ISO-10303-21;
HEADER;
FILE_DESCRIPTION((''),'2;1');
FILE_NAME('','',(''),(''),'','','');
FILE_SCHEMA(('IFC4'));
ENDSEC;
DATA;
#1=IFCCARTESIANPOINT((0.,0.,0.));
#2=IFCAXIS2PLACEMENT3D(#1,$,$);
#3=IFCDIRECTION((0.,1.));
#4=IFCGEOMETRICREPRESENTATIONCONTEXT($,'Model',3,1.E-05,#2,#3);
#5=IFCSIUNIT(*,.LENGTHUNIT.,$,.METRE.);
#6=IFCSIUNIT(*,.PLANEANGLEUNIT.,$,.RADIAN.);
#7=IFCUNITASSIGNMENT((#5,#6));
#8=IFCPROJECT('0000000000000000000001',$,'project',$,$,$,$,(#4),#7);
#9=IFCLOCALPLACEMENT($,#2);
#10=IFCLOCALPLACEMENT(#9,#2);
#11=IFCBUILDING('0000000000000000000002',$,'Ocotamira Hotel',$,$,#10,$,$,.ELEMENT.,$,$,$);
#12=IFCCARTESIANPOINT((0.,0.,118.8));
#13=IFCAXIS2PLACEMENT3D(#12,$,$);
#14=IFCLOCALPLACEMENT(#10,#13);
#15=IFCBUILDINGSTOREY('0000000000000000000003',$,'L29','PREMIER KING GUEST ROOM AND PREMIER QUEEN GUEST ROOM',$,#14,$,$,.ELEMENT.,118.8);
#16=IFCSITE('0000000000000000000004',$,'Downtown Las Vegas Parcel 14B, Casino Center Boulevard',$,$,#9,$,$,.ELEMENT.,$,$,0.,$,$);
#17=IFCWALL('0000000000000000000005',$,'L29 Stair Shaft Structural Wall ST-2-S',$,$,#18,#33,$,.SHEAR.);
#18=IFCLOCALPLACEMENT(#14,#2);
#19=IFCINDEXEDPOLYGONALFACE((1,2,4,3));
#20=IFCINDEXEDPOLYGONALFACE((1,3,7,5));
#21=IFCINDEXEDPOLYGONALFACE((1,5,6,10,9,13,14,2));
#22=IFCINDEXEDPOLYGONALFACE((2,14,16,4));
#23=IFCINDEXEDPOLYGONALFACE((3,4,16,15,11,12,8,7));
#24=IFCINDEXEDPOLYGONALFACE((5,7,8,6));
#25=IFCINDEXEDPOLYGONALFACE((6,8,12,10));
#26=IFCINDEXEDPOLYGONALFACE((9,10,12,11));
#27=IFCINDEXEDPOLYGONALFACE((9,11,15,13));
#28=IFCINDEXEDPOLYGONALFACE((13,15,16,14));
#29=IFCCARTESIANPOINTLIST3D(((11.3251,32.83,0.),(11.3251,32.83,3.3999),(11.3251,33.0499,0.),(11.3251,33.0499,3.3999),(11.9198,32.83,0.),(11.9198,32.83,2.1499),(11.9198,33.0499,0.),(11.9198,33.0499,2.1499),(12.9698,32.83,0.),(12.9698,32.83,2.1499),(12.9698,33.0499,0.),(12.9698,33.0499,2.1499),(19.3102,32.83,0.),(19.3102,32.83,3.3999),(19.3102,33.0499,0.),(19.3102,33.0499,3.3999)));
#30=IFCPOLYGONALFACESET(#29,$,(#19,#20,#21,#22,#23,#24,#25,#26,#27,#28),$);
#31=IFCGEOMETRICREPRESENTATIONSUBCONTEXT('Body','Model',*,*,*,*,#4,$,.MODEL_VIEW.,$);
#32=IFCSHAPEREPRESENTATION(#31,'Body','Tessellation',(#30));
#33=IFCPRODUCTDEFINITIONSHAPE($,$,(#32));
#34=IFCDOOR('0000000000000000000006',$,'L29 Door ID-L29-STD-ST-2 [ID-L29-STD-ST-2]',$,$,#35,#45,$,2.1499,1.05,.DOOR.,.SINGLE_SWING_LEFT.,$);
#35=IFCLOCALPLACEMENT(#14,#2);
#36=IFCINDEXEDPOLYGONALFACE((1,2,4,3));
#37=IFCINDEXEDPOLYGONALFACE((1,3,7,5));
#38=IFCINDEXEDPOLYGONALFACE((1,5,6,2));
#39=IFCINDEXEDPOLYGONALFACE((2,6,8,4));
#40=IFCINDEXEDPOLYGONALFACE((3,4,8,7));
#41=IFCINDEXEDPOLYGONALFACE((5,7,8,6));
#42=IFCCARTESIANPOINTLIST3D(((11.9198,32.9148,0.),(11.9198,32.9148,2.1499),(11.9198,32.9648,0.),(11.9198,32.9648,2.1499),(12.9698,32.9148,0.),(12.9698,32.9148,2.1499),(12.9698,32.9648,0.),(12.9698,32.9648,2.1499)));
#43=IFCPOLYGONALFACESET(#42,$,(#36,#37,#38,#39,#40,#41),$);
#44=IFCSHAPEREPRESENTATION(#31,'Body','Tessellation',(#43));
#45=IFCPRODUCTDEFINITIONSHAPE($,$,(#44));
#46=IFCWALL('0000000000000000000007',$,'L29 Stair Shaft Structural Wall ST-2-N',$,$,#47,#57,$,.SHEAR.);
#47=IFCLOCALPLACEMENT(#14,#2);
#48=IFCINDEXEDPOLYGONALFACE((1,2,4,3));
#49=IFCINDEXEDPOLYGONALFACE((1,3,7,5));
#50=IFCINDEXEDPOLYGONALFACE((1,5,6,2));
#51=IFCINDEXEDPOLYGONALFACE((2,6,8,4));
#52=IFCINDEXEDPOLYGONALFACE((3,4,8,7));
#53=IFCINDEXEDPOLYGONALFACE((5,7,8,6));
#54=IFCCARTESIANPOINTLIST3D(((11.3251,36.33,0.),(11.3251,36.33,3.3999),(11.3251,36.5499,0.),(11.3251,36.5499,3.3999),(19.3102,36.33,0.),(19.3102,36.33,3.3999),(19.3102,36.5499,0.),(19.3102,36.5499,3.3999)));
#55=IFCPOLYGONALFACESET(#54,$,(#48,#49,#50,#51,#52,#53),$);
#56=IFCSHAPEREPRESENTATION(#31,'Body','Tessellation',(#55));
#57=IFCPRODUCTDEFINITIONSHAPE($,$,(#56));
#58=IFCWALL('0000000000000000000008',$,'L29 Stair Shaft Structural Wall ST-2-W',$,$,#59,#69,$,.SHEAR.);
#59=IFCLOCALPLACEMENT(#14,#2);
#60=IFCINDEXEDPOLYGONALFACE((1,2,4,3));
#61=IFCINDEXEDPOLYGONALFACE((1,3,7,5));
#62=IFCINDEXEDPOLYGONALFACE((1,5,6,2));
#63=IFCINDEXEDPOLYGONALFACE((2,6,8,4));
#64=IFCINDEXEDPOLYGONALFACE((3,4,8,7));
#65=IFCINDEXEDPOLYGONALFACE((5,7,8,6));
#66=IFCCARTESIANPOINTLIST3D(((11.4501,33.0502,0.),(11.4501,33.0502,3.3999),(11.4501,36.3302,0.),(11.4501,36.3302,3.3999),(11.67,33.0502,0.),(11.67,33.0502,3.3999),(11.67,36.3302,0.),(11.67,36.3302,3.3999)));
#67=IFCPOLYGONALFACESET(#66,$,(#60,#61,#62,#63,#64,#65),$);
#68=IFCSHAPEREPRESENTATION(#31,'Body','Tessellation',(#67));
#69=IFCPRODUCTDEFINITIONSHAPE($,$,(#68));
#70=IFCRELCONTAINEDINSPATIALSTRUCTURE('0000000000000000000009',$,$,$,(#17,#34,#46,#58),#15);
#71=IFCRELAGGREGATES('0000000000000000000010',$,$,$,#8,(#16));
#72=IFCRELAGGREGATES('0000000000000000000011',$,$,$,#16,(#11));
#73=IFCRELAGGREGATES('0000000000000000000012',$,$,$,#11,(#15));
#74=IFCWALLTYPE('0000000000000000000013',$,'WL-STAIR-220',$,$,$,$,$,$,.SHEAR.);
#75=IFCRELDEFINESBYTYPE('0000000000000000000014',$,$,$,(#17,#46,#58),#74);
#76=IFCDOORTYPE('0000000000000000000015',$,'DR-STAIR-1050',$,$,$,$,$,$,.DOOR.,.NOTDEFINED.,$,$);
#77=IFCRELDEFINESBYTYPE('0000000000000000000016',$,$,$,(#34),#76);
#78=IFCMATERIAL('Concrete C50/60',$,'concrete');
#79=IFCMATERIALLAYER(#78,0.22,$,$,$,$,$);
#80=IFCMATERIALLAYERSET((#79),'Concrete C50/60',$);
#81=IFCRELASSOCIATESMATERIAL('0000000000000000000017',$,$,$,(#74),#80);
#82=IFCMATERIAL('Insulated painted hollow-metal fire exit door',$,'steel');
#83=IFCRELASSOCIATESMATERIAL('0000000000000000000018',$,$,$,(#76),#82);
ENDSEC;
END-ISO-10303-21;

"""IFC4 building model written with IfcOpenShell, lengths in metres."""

from ifc_helpers import new_model, si_unit, direction, frame, frame_2d, origin, place, context, subcontext, project, spatial, rectangle, extrude, source, transform, mapped, material, layer, layer_set, type_object, element, fill, save


model = new_model("IFC4")

# Units and contexts
model_context = context("Model", 3, precision=1e-05, world=origin(), true_north=direction((0.0, 1.0)))
body_context = subcontext(model_context, "Body", "Model", "MODEL_VIEW")
ifc_project = project(units=[si_unit("LENGTHUNIT", "METRE"), si_unit("PLANEANGLEUNIT", "RADIAN")], contexts=[model_context])

# Site, building, storey
site_placement = place(None, origin())
site = spatial("IfcSite", under=ifc_project, at=site_placement, Name="Downtown Las Vegas Parcel 14B, Casino Center Boulevard", CompositionType="ELEMENT", RefElevation=0.0)
building_placement = place(site_placement, origin())
building = spatial("IfcBuilding", under=site, at=building_placement, Name="Ocotamira Hotel", CompositionType="ELEMENT")
storey_placement = place(building_placement, frame((0.0, 0.0, 118.8)))
storey = spatial("IfcBuildingStorey", under=building, at=storey_placement, Name="L29", Description="PREMIER KING GUEST ROOM AND PREMIER QUEEN GUEST ROOM", CompositionType="ELEMENT", Elevation=118.8)

# Wall, opening, door
ifc_material_1 = material(Name="Concrete C50/60", Category="concrete")
ifc_layer_1 = layer(ifc_material_1, 0.22)
ifc_layer_set_1 = layer_set([ifc_layer_1], Name="Concrete C50/60")
wall_type_1 = type_object("IfcWallType", Name="WL-STAIR-220", PredefinedType="SHEAR", material=ifc_layer_set_1)
wall_1_placement = place(storey_placement, frame((11.325, 32.9399, 0.0), z_axis=(0.0, 0.0, 1.0), x_axis=(1.0, 0.0, 0.0)))
wall_1 = element("IfcWall", 1, at=wall_1_placement, inside=storey, type_object=wall_type_1, Name="L29 Stair Shaft Structural Wall ST-2-S", PredefinedType="SHEAR", context=body_context, shape_type="SweptSolid", body=[
    extrude(rectangle(XDim=7.9851, YDim=0.22, at=frame_2d((3.9927, 0.0))), origin(), (0.0, 0.0, 1.0), 3.3999),
])
opening_1_placement = place(wall_1_placement, frame((0.595, 0.0, 0.0)))
opening_1 = element("IfcOpeningElement", 2, at=opening_1_placement, cuts=wall_1, PredefinedType="OPENING", context=body_context, shape_type="SweptSolid", body=[
    extrude(rectangle(XDim=1.05, YDim=2.1499, at=frame_2d((0.5249, 1.075))), frame((0.0, 0.1201, 0.0), z_axis=(0.0, -1.0, 0.0), x_axis=(1.0, 0.0, 0.0)), (0.0, 0.0, 1.0), 0.24),
])
ifc_material_2 = material(Name="Insulated painted hollow-metal fire exit door", Category="steel")
door_type_1 = type_object("IfcDoorType", Name="DR-STAIR-1050", OperationType="NOTDEFINED", PredefinedType="DOOR", material=ifc_material_2)
shared_shape_1 = source(origin(), body_context, "Body", "SweptSolid", [
    extrude(rectangle(XDim=1.05, YDim=2.1499, at=frame_2d((0.5249, 1.075))), frame((0.0, 0.0249, 0.0), z_axis=(0.0, -1.0, 0.0), x_axis=(1.0, 0.0, 0.0)), (0.0, 0.0, 1.0), 0.05),
])
door_1_placement = place(opening_1_placement, origin())
door_1 = element("IfcDoor", 3, at=door_1_placement, inside=storey, type_object=door_type_1, Name="L29 Door ID-L29-STD-ST-2 [ID-L29-STD-ST-2]", OperationType="SINGLE_SWING_LEFT", OverallHeight=2.1499, OverallWidth=1.05, PredefinedType="DOOR", context=body_context, shape_type="MappedRepresentation", body=[
    mapped(shared_shape_1, transform((0.0, 0.0, 0.0), scale=1.0)),
])
fill(opening_1, door_1)

# Walls
wall_2_placement = place(storey_placement, frame((11.325, 36.4399, 0.0), z_axis=(0.0, 0.0, 1.0), x_axis=(1.0, 0.0, 0.0)))
element("IfcWall", 4, at=wall_2_placement, inside=storey, type_object=wall_type_1, Name="L29 Stair Shaft Structural Wall ST-2-N", PredefinedType="SHEAR", context=body_context, shape_type="SweptSolid", body=[
    extrude(rectangle(XDim=7.9851, YDim=0.22, at=frame_2d((3.9927, 0.0))), origin(), (0.0, 0.0, 1.0), 3.3999),
])
wall_3_placement = place(storey_placement, frame((11.5601, 33.05, 0.0), z_axis=(0.0, 0.0, 1.0), x_axis=(0.0, 1.0, 0.0)))
element("IfcWall", 5, at=wall_3_placement, inside=storey, type_object=wall_type_1, Name="L29 Stair Shaft Structural Wall ST-2-W", PredefinedType="SHEAR", context=body_context, shape_type="SweptSolid", body=[
    extrude(rectangle(XDim=3.28, YDim=0.22, at=frame_2d((1.6401, 0.0))), origin(), (0.0, 0.0, 1.0), 3.3999),
])

save(model, "model.ifc")
